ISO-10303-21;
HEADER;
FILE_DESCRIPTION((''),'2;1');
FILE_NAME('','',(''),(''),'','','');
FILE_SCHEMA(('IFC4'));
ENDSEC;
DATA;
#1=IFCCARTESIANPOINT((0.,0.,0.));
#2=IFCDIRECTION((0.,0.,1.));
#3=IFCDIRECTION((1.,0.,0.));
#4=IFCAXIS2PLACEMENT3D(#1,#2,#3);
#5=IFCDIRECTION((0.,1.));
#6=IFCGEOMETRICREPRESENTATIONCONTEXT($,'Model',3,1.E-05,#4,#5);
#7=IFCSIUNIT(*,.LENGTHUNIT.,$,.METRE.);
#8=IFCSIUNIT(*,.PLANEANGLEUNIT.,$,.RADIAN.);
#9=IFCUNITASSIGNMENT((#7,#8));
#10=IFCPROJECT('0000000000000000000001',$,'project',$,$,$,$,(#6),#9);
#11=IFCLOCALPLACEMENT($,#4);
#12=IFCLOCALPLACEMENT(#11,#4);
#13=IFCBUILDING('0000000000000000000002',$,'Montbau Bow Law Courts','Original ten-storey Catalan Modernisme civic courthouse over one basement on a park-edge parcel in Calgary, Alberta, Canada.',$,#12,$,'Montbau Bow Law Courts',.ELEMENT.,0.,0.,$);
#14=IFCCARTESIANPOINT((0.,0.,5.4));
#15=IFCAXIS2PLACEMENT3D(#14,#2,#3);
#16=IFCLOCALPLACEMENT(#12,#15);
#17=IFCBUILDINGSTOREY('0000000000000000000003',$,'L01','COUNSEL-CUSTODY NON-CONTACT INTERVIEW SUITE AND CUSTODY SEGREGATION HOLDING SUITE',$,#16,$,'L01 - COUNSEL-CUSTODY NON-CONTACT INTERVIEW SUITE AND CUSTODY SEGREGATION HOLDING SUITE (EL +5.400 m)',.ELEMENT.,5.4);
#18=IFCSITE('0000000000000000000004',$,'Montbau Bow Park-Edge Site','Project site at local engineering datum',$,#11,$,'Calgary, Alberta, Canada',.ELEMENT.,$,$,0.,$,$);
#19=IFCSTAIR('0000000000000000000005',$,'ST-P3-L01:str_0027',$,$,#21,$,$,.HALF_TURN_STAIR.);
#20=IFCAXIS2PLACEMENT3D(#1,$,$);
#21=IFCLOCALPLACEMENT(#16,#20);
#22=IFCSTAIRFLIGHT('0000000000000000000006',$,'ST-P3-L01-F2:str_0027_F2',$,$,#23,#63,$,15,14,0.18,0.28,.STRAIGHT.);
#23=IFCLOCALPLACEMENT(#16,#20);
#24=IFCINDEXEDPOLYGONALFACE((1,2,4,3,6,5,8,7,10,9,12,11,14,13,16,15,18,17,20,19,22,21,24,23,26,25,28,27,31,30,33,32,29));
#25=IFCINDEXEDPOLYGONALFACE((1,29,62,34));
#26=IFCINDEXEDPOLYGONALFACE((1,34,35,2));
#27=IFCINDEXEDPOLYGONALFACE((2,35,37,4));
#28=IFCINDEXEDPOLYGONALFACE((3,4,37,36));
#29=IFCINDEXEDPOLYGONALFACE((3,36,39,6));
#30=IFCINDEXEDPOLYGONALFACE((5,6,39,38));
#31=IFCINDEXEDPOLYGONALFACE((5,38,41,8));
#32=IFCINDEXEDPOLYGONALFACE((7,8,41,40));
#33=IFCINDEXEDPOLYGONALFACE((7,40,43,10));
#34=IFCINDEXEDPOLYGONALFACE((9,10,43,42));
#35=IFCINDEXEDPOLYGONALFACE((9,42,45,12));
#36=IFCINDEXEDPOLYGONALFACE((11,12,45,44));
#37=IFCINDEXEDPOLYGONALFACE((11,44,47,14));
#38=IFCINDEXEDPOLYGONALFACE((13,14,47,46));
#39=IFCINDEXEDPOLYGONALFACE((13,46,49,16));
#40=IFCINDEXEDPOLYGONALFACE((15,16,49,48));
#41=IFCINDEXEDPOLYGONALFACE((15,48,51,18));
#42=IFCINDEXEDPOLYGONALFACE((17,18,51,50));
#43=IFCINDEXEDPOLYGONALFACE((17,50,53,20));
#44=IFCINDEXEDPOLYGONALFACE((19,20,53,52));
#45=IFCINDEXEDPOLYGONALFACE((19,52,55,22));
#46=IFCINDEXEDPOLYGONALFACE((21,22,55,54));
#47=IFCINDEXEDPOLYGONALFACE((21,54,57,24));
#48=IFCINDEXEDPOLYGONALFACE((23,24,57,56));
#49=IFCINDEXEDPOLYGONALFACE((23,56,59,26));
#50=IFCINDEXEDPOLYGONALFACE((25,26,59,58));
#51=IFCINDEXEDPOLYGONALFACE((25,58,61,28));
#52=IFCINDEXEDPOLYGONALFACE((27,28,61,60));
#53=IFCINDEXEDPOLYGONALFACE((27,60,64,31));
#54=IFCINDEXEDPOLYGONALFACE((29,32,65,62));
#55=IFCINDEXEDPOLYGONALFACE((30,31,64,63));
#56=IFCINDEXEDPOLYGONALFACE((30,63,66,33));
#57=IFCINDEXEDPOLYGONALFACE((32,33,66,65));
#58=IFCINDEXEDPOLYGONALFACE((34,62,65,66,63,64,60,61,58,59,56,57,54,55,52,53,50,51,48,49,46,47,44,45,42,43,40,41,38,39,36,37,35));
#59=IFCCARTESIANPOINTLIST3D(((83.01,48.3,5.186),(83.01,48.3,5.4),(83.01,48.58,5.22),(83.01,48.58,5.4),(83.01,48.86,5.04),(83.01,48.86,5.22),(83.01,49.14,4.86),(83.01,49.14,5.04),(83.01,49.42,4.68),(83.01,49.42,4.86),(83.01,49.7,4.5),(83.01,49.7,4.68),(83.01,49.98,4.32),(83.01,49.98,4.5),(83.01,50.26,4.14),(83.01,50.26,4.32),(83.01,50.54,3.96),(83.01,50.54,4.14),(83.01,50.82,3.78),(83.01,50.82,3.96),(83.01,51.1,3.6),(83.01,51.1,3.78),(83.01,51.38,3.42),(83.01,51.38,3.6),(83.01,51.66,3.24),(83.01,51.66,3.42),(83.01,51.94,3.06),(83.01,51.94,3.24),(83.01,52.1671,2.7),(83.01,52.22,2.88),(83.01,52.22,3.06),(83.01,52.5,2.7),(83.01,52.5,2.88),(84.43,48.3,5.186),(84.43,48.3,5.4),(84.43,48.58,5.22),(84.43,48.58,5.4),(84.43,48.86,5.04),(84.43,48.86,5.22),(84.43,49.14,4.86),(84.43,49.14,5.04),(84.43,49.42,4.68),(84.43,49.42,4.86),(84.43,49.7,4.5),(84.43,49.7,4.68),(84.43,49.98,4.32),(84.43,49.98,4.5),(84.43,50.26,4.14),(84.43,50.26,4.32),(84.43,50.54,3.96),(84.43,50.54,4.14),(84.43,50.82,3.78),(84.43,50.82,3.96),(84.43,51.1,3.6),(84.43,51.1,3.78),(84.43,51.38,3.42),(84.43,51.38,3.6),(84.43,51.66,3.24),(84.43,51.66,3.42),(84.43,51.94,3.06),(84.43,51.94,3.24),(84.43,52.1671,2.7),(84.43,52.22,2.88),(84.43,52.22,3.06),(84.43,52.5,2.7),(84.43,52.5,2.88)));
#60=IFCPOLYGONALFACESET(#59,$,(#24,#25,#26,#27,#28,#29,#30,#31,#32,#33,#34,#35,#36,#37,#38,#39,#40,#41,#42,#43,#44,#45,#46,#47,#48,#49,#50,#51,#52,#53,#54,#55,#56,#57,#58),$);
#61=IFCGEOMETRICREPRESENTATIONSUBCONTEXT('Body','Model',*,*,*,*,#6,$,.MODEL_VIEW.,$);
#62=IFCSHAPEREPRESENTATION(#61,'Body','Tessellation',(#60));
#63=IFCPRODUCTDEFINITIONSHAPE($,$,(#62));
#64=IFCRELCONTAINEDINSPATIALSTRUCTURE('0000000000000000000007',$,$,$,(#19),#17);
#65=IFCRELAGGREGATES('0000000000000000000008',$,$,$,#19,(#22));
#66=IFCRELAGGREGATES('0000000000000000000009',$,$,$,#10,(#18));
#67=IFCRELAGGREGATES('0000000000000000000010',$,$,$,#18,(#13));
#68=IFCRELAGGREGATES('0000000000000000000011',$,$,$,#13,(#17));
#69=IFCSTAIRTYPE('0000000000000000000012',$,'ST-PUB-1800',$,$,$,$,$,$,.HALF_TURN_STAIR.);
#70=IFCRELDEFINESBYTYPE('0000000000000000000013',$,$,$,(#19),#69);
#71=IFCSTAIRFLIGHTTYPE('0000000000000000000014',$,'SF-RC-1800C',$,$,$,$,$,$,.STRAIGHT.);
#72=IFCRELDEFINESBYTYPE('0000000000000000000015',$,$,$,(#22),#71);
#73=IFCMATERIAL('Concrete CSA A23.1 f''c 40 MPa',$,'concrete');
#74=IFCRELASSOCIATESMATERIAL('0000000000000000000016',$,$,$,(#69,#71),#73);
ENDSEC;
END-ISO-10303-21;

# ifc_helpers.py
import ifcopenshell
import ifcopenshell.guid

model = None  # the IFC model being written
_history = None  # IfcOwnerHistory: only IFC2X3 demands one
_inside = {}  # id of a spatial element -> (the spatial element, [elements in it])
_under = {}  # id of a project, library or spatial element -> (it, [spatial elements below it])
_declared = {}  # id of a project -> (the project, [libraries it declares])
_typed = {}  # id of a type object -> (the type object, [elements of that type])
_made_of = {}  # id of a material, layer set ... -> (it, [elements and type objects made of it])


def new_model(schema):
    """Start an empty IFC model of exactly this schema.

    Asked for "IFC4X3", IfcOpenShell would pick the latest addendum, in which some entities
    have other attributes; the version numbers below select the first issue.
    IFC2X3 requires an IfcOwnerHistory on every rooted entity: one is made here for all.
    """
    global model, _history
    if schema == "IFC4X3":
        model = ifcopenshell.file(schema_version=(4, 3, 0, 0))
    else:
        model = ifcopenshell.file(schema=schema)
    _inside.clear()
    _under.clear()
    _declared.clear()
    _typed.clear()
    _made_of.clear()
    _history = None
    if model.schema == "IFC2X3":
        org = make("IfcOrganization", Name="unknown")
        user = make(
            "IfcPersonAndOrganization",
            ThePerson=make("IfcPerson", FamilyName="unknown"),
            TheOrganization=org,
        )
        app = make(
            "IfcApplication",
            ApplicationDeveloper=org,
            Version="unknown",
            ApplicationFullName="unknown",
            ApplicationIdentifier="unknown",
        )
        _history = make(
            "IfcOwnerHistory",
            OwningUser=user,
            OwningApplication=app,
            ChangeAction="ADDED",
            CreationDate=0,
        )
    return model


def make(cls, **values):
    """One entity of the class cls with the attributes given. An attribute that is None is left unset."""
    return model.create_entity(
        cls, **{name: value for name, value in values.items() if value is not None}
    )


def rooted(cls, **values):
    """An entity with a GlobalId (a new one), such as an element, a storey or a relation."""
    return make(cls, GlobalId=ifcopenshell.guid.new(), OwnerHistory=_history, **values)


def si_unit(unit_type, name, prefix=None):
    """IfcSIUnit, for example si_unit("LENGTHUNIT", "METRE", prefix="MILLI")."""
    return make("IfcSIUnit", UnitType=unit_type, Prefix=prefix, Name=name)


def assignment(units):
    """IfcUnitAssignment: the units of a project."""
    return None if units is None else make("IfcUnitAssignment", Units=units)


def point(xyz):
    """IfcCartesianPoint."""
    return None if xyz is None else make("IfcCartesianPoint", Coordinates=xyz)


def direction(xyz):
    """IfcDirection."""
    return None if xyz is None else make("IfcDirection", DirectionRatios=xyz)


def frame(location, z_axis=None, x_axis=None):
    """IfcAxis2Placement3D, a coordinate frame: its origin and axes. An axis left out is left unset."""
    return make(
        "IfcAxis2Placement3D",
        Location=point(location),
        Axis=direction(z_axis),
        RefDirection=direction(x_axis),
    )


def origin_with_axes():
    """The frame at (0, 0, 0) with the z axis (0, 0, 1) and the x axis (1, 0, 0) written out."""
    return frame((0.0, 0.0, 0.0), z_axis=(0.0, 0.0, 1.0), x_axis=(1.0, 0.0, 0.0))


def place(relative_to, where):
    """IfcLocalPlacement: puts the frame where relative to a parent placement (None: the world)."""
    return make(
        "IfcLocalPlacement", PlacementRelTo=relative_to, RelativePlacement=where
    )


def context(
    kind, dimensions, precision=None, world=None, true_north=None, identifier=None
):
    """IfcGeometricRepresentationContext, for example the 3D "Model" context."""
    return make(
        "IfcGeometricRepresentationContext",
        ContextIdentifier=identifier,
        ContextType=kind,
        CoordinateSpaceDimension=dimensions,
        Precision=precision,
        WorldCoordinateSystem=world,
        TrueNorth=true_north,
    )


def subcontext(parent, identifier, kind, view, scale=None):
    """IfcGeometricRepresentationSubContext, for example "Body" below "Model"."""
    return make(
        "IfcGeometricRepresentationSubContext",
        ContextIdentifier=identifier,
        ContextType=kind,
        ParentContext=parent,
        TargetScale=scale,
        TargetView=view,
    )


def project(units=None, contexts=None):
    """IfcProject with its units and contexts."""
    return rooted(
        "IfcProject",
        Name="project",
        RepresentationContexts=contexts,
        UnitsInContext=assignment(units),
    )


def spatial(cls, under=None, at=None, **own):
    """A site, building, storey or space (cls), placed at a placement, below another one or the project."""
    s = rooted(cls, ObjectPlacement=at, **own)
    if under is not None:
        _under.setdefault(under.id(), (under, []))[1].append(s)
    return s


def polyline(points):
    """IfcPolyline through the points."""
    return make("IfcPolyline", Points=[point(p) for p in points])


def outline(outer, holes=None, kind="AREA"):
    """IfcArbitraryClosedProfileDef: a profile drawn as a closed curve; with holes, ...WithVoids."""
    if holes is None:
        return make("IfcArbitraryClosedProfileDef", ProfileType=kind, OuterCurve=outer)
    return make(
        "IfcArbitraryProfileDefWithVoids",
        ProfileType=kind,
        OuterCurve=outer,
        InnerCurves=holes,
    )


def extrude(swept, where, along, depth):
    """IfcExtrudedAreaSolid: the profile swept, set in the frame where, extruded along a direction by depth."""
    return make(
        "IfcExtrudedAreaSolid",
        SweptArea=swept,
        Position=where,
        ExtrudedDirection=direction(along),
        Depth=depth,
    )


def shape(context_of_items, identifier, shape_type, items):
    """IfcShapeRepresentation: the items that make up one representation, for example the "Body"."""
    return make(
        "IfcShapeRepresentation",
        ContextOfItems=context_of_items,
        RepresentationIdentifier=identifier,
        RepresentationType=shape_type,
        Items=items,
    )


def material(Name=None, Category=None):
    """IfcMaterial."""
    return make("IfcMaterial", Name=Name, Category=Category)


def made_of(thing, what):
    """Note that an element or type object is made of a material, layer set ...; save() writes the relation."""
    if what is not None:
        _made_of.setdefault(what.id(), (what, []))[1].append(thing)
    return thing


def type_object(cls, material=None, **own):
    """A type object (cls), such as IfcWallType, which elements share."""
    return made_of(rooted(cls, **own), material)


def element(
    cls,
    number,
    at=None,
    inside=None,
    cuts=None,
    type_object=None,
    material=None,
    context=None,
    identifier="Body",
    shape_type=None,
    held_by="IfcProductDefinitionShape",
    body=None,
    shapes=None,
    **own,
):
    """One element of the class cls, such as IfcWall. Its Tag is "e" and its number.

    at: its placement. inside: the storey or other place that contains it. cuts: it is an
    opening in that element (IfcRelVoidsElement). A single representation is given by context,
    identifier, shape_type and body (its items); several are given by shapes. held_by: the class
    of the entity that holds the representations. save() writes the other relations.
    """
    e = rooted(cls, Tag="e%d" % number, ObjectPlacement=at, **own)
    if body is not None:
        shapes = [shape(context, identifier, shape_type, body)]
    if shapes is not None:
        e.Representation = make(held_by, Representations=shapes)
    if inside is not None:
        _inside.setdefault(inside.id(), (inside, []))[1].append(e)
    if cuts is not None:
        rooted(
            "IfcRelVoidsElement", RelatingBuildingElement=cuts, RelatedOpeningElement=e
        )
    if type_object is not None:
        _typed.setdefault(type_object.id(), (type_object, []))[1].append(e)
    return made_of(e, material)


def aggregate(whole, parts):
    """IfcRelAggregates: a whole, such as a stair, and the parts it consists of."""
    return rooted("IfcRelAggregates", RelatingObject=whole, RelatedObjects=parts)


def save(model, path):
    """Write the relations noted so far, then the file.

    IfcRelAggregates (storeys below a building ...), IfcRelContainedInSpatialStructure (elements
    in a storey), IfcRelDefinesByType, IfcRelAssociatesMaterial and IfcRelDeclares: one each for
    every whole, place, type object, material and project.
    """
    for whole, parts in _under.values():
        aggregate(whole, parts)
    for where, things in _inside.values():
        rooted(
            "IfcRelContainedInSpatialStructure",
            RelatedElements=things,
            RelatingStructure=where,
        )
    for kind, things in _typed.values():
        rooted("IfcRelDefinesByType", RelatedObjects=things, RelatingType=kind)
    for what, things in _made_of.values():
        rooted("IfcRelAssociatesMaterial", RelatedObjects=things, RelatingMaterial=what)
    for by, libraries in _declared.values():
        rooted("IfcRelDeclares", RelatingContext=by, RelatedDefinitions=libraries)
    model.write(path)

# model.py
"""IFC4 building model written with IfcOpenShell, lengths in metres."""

from ifc_helpers import new_model, si_unit, direction, frame, origin_with_axes, place, context, subcontext, project, spatial, polyline, outline, extrude, material, type_object, element, aggregate, save


model = new_model("IFC4")

# Units and contexts
model_context = context("Model", 3, precision=1e-05, world=origin_with_axes(), true_north=direction((0.0, 1.0)))
body_context = subcontext(model_context, "Body", "Model", "MODEL_VIEW")
ifc_project = project(units=[si_unit("LENGTHUNIT", "METRE"), si_unit("PLANEANGLEUNIT", "RADIAN")], contexts=[model_context])

# Site, building, storey
site_placement = place(None, origin_with_axes())
site = spatial("IfcSite", under=ifc_project, at=site_placement, Name="Montbau Bow Park-Edge Site", Description="Project site at local engineering datum", LongName="Calgary, Alberta, Canada", CompositionType="ELEMENT", RefElevation=0.0)
building_placement = place(site_placement, origin_with_axes())
building = spatial("IfcBuilding", under=site, at=building_placement, Name="Montbau Bow Law Courts", Description="Original ten-storey Catalan Modernisme civic courthouse over one basement on a park-edge parcel in Calgary, Alberta, Canada.", LongName="Montbau Bow Law Courts", CompositionType="ELEMENT", ElevationOfRefHeight=0.0, ElevationOfTerrain=0.0)
storey_placement = place(building_placement, frame((0.0, 0.0, 5.4), z_axis=(0.0, 0.0, 1.0), x_axis=(1.0, 0.0, 0.0)))
storey = spatial("IfcBuildingStorey", under=building, at=storey_placement, Name="L01", Description="COUNSEL-CUSTODY NON-CONTACT INTERVIEW SUITE AND CUSTODY SEGREGATION HOLDING SUITE", LongName="L01 - COUNSEL-CUSTODY NON-CONTACT INTERVIEW SUITE AND CUSTODY SEGREGATION HOLDING SUITE (EL +5.400 m)", CompositionType="ELEMENT", Elevation=5.4)

# Stair, stair flight
ifc_material_1 = material(Name="Concrete CSA A23.1 f'c 40 MPa", Category="concrete")
stair_type = type_object("IfcStairType", Name="ST-PUB-1800", PredefinedType="HALF_TURN_STAIR", material=ifc_material_1)
stair_placement = place(None, frame((81.89, 48.3, 5.4), z_axis=(0.0, 0.0, 1.0), x_axis=(1.0, 0.0, 0.0)))
stair = element("IfcStair", 1, at=stair_placement, inside=storey, type_object=stair_type, Name="ST-P3-L01:str_0027", PredefinedType="HALF_TURN_STAIR")
stair_flight_type = type_object("IfcStairFlightType", Name="SF-RC-1800C", PredefinedType="STRAIGHT", material=ifc_material_1)
stair_flight_placement = place(None, frame((83.72, 52.5, 8.1), z_axis=(0.0, 0.0, 1.0), x_axis=(0.0, -1.0, 0.0)))
stair_flight = element("IfcStairFlight", 2, at=stair_flight_placement, type_object=stair_flight_type, Name="ST-P3-L01-F2:str_0027_F2", NumberOfRisers=15, NumberOfTreads=14, PredefinedType="STRAIGHT", RiserHeight=0.18, TreadLength=0.28, context=body_context, shape_type="SweptSolid", body=[
    extrude(outline(polyline([(0.0, 0.0), (0.0, 0.18), (0.28, 0.18), (0.28, 0.36), (0.56, 0.36), (0.56, 0.54), (0.84, 0.54), (0.84, 0.72), (1.12, 0.72), (1.12, 0.9), (1.4, 0.9), (1.4, 1.08), (1.68, 1.08), (1.68, 1.26), (1.96, 1.26), (1.96, 1.44), (2.24, 1.44), (2.24, 1.62), (2.52, 1.62), (2.52, 1.8), (2.8, 1.8), (2.8, 1.98), (3.08, 1.98), (3.08, 2.16), (3.36, 2.16), (3.36, 2.34), (3.64, 2.34), (3.64, 2.52), (3.92, 2.52), (3.92, 2.7), (4.2, 2.7), (4.2, 2.486), (0.3329, 0.0), (0.0, 0.0)])), frame((0.0, 0.71, 0.0), z_axis=(0.0, -1.0, 0.0), x_axis=(1.0, 0.0, 0.0)), (0.0, 0.0, 1.0), 1.42),
])
aggregate(stair, [stair_flight])

save(model, "model.ifc")
